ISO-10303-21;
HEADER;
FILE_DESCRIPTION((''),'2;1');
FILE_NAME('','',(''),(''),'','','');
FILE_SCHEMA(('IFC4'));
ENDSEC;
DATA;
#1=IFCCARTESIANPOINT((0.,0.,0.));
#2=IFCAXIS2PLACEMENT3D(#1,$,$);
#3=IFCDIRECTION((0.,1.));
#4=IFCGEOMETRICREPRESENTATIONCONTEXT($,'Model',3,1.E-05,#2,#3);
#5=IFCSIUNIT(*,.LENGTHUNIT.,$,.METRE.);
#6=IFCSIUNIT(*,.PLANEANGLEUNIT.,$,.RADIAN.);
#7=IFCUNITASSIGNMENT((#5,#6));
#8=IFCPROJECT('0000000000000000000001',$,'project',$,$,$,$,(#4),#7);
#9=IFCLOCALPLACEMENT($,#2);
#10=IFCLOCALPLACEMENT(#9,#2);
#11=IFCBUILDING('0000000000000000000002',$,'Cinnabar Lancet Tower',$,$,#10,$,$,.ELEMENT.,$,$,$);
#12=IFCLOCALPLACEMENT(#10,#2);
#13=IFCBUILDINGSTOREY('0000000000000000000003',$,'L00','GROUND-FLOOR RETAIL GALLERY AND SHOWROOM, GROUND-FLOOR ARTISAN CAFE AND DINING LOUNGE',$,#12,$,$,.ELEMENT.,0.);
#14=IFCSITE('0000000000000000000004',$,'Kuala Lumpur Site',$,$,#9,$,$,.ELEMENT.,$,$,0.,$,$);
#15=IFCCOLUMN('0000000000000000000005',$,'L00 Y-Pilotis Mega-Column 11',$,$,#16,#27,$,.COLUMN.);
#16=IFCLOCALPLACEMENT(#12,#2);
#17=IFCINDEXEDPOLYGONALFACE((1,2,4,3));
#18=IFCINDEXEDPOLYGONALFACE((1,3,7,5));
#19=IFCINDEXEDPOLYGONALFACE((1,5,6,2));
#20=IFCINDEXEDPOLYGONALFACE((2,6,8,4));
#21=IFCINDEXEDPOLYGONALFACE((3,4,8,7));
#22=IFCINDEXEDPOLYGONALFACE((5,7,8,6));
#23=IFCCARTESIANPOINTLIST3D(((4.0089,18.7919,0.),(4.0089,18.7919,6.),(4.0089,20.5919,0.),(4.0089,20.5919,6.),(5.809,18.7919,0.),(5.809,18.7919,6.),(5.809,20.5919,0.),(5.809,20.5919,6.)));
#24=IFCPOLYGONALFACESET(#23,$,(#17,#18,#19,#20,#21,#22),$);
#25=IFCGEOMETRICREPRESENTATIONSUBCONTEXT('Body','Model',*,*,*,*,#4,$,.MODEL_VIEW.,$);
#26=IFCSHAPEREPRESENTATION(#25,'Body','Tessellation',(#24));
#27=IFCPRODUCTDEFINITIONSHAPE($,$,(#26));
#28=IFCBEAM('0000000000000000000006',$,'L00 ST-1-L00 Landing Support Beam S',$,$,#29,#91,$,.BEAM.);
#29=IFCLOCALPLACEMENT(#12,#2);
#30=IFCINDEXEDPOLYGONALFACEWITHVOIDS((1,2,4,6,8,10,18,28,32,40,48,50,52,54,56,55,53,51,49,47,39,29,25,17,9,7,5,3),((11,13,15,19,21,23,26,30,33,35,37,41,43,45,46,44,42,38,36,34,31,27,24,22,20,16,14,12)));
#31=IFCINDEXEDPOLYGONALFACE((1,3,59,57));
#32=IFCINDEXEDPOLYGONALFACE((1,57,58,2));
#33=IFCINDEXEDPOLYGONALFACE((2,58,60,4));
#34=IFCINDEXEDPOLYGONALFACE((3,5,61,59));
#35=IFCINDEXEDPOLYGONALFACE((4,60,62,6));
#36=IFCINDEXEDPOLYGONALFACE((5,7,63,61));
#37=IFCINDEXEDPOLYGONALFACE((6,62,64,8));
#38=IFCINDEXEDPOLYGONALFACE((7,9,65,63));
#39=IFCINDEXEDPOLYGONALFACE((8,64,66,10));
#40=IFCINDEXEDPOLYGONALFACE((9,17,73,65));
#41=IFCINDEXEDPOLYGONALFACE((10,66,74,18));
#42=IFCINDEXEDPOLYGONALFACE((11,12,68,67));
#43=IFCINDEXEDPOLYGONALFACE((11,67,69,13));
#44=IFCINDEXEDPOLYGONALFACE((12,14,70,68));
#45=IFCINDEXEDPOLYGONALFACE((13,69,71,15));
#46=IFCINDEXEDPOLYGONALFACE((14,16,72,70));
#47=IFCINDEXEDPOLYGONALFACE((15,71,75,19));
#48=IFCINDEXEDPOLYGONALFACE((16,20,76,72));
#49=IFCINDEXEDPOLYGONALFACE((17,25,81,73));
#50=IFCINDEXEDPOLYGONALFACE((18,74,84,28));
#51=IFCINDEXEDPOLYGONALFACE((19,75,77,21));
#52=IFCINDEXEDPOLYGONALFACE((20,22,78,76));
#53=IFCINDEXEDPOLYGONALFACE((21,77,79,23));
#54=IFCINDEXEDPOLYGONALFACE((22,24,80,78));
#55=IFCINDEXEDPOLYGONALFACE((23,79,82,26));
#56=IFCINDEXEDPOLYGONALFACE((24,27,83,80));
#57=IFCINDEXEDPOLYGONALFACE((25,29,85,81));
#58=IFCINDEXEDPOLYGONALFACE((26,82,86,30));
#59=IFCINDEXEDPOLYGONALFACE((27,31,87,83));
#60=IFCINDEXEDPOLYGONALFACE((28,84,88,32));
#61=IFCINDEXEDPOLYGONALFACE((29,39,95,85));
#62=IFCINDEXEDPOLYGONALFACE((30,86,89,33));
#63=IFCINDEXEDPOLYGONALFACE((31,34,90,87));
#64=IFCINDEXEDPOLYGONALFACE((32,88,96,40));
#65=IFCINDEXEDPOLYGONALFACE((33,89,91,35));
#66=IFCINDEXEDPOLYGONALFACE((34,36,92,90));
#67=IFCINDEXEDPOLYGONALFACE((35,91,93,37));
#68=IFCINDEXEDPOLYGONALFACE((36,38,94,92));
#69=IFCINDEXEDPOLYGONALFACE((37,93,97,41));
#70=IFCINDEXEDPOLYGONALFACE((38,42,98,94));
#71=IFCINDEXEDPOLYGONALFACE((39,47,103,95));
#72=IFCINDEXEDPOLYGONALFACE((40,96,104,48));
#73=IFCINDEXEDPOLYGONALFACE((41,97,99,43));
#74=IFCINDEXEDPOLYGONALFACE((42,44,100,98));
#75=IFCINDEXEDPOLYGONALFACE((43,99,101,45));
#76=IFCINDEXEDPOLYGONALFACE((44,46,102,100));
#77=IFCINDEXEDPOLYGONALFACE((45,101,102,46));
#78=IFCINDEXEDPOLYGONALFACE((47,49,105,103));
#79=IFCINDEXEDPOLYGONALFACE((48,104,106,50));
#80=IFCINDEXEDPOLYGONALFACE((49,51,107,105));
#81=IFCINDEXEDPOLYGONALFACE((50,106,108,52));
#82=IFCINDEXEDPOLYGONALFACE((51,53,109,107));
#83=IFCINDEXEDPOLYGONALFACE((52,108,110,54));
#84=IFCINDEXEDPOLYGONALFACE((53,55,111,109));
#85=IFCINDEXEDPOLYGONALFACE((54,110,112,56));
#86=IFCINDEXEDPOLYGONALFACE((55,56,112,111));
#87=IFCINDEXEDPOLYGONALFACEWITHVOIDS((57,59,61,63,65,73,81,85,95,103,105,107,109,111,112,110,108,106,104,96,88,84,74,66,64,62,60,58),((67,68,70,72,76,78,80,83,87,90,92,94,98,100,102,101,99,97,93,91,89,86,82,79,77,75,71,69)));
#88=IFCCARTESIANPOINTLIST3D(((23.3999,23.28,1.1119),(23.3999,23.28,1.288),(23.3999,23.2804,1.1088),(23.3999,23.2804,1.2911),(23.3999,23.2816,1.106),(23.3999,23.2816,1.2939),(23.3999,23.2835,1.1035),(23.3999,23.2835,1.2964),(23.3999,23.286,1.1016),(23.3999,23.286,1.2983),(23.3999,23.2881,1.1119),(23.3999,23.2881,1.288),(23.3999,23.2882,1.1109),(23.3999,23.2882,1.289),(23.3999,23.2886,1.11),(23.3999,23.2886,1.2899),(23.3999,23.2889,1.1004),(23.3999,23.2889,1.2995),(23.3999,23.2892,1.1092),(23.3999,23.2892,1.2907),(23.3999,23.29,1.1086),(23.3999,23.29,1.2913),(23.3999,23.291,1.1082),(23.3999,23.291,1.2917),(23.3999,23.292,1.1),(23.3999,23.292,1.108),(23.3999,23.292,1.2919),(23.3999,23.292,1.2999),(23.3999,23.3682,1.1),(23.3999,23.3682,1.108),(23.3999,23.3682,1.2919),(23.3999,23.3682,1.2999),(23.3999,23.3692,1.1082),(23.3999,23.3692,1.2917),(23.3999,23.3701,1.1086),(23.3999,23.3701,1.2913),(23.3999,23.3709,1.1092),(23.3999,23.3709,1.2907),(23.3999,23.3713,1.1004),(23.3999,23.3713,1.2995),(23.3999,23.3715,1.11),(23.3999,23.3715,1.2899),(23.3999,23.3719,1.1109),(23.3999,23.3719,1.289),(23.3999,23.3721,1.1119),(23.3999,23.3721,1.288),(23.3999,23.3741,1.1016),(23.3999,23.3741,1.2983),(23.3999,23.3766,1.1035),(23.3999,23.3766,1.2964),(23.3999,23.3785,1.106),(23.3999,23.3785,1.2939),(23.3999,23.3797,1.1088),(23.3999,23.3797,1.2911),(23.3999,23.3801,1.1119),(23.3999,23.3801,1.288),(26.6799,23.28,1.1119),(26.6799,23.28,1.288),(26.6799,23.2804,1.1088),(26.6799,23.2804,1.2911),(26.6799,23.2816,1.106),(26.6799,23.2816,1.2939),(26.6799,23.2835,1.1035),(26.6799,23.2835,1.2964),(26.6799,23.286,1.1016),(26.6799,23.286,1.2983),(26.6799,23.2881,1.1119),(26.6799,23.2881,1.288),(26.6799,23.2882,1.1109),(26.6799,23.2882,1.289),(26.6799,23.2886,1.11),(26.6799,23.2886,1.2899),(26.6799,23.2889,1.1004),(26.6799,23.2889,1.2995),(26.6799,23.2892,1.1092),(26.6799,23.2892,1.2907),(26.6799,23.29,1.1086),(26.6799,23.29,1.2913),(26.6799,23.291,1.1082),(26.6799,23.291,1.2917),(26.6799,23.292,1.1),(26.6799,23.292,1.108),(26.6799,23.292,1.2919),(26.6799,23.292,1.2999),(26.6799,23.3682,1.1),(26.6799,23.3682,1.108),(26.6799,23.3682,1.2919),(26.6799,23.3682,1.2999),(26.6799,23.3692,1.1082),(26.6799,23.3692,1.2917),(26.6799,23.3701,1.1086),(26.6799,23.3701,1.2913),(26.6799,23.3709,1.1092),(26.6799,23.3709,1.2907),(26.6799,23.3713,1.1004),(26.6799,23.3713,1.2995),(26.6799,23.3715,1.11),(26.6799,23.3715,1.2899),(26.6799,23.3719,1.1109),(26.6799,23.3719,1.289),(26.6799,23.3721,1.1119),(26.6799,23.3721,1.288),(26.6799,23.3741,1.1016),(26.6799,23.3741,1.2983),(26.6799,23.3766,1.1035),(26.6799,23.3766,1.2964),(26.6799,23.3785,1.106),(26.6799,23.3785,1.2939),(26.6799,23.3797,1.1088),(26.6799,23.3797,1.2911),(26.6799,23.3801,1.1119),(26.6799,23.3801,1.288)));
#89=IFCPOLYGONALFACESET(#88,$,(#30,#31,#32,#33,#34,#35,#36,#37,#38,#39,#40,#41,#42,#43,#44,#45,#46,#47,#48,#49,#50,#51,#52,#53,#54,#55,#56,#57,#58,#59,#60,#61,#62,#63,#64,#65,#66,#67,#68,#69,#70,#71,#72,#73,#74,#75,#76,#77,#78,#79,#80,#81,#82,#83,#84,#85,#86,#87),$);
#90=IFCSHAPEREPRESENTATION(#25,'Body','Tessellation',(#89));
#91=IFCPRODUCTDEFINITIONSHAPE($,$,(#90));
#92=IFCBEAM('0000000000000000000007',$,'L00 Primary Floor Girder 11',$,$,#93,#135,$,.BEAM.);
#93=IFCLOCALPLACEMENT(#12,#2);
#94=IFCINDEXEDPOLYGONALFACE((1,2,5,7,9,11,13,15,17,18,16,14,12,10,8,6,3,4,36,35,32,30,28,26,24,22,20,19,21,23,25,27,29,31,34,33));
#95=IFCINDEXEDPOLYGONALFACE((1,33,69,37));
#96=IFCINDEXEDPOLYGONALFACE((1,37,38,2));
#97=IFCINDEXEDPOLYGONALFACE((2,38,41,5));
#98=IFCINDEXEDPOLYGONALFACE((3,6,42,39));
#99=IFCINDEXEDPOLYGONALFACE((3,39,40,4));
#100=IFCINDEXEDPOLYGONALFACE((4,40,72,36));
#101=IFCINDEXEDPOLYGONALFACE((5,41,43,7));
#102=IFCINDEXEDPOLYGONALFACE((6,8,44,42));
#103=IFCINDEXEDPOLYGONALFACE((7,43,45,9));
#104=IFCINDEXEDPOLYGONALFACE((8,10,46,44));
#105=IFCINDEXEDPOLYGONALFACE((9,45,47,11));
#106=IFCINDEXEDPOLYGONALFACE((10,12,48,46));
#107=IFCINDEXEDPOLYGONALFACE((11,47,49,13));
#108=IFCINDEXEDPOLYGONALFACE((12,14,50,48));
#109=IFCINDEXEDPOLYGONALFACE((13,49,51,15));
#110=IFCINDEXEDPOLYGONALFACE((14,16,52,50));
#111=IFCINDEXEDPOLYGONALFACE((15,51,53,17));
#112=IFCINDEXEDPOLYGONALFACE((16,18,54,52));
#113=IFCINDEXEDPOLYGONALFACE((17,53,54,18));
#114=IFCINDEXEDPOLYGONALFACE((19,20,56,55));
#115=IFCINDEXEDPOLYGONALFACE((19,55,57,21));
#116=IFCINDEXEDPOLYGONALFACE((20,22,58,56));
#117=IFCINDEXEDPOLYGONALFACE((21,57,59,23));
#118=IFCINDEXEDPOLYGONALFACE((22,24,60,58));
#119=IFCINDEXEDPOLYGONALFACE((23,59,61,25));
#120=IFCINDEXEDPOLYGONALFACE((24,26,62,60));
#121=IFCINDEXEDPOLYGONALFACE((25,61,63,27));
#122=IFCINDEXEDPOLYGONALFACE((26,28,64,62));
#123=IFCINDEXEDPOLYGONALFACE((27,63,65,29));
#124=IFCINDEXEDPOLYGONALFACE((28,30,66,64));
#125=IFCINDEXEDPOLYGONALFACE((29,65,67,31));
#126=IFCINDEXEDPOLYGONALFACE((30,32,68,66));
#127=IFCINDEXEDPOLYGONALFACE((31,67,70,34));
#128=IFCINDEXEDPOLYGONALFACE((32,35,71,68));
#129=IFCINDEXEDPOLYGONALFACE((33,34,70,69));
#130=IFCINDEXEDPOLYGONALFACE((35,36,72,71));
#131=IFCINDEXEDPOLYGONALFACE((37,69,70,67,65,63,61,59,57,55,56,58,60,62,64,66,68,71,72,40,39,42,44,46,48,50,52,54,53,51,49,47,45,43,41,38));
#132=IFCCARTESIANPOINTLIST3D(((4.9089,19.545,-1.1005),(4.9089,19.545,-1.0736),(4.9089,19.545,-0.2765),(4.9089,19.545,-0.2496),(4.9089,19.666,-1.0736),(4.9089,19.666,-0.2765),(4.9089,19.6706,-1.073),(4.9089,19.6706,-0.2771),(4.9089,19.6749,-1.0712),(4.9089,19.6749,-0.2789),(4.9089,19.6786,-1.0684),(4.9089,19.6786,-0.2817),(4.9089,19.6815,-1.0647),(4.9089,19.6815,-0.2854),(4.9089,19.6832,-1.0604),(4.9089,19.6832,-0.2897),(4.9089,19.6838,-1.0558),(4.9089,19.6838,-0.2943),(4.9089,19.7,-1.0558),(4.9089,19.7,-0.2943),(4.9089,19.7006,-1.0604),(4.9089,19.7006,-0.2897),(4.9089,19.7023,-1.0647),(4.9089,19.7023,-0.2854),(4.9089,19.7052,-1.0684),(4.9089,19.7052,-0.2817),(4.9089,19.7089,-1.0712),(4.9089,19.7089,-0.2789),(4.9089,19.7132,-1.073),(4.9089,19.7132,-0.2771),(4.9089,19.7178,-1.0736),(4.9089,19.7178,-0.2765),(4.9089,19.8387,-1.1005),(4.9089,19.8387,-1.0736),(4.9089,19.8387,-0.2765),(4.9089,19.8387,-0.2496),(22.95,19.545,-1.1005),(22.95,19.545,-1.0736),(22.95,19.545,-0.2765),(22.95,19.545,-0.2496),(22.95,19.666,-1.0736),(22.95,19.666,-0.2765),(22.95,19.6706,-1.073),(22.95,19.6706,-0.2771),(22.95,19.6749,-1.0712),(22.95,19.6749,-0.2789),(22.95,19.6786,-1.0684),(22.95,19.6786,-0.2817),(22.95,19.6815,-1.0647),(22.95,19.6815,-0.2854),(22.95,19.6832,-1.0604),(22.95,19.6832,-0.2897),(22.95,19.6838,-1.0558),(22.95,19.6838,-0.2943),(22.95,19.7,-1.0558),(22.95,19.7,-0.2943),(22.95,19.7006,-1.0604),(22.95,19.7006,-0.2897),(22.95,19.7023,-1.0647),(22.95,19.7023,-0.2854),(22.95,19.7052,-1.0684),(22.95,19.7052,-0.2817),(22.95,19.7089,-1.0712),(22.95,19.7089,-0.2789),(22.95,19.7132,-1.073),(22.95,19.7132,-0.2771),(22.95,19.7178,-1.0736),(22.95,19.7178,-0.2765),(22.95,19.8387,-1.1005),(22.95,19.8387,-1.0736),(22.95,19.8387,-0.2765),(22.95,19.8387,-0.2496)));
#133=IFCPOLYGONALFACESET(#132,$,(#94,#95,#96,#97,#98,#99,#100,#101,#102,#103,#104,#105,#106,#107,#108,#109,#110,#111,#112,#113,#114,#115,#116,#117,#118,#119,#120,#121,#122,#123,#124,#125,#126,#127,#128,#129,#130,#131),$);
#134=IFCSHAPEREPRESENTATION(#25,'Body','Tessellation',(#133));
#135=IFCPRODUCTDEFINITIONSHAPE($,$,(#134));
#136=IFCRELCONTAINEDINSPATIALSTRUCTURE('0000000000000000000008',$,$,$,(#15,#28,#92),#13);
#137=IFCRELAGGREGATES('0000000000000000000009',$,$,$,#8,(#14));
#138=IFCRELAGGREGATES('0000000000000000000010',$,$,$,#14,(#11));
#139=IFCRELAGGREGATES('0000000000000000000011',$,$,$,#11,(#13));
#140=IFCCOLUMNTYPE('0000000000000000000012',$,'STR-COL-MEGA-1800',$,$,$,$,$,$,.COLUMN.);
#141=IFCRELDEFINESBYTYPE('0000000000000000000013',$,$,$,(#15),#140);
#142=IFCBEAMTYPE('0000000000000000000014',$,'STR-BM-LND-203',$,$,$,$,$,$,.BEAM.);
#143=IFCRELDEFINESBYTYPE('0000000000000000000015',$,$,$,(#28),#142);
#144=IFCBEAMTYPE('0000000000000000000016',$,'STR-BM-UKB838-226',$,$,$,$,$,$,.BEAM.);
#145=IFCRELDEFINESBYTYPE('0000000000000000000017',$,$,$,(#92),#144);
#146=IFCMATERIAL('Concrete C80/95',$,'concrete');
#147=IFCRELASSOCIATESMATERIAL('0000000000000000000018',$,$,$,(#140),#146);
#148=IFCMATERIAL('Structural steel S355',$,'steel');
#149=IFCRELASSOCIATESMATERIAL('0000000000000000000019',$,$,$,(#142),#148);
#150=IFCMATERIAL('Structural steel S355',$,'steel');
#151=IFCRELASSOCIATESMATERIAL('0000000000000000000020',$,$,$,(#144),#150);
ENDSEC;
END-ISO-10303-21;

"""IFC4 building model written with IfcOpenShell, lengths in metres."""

from ifc_helpers import new_model, si_unit, direction, frame, origin, origin_2d, place, context, subcontext, project, spatial, rectangle, hollow_rectangle, i_section, extrude, material, material_profile, profile_set, type_object, element, save


model = new_model("IFC4")

# Units and contexts
model_context = context("Model", 3, precision=1e-05, world=origin(), true_north=direction((0.0, 1.0)))
body_context = subcontext(model_context, "Body", "Model", "MODEL_VIEW")
ifc_project = project(units=[si_unit("LENGTHUNIT", "METRE"), si_unit("PLANEANGLEUNIT", "RADIAN")], contexts=[model_context])

# Site, building, storey
site_placement = place(None, origin())
site = spatial("IfcSite", under=ifc_project, at=site_placement, Name="Kuala Lumpur Site", CompositionType="ELEMENT", RefElevation=0.0)
building_placement = place(site_placement, origin())
building = spatial("IfcBuilding", under=site, at=building_placement, Name="Cinnabar Lancet Tower", CompositionType="ELEMENT")
storey_placement = place(building_placement, origin())
storey = spatial("IfcBuildingStorey", under=building, at=storey_placement, Name="L00", Description="GROUND-FLOOR RETAIL GALLERY AND SHOWROOM, GROUND-FLOOR ARTISAN CAFE AND DINING LOUNGE", CompositionType="ELEMENT", Elevation=0.0)

# Column
ifc_material_1 = material(Name="Concrete C80/95", Category="concrete")
ifc_material_profile_1 = material_profile(ifc_material_1, rectangle(XDim=1.8, YDim=1.8, at=origin_2d()), Name="RC-MEGA 1800x1800")
ifc_profile_set_1 = profile_set([ifc_material_profile_1], Name="Concrete C80/95")
column_type = type_object("IfcColumnType", Name="STR-COL-MEGA-1800", PredefinedType="COLUMN", material=ifc_profile_set_1)
column_placement = place(storey_placement, frame((4.9089, 19.6919, 0.0), z_axis=(0.0, 0.0, 1.0), x_axis=(1.0, 0.0, 0.0)))
element("IfcColumn", 1, at=column_placement, inside=storey, type_object=column_type, Name="L00 Y-Pilotis Mega-Column 11", PredefinedType="COLUMN", context=body_context, shape_type="SweptSolid", body=[
    extrude(rectangle(XDim=1.8, YDim=1.8, at=origin_2d()), origin(), (0.0, 0.0, 1.0), 6.0),
])

# Beams
ifc_material_2 = material(Name="Structural steel S355", Category="steel")
ifc_material_profile_2 = material_profile(ifc_material_2, hollow_rectangle(XDim=0.1001, YDim=0.2, WallThickness=0.0081, InnerFilletRadius=0.0039, OuterFilletRadius=0.012, at=origin_2d()), Name="RHS 200x100x8")
ifc_profile_set_2 = profile_set([ifc_material_profile_2], Name="Structural steel S355")
beam_type_1 = type_object("IfcBeamType", Name="STR-BM-LND-203", PredefinedType="BEAM", material=ifc_profile_set_2)
beam_1_placement = place(storey_placement, frame((23.3999, 23.3301, 1.2), z_axis=(1.0, 0.0, 0.0), x_axis=(0.0, 1.0, 0.0)))
element("IfcBeam", 2, at=beam_1_placement, inside=storey, type_object=beam_type_1, Name="L00 ST-1-L00 Landing Support Beam S", PredefinedType="BEAM", context=body_context, shape_type="SweptSolid", body=[
    extrude(hollow_rectangle(XDim=0.1001, YDim=0.2, WallThickness=0.0081, InnerFilletRadius=0.0039, OuterFilletRadius=0.012, at=origin_2d()), origin(), (0.0, 0.0, 1.0), 3.28),
])
ifc_material_3 = material(Name="Structural steel S355", Category="steel")
ifc_material_profile_3 = material_profile(ifc_material_3, i_section(OverallWidth=0.2937, OverallDepth=0.8508, WebThickness=0.0161, FlangeThickness=0.0269, FilletRadius=0.0178, at=origin_2d()), Name="UKB 838x292x226")
ifc_profile_set_3 = profile_set([ifc_material_profile_3], Name="Structural steel S355")
beam_type_2 = type_object("IfcBeamType", Name="STR-BM-UKB838-226", PredefinedType="BEAM", material=ifc_profile_set_3)
beam_2_placement = place(storey_placement, frame((4.9089, 19.6919, -0.675), z_axis=(1.0, 0.0, 0.0), x_axis=(0.0, 1.0, 0.0)))
element("IfcBeam", 3, at=beam_2_placement, inside=storey, type_object=beam_type_2, Name="L00 Primary Floor Girder 11", PredefinedType="BEAM", context=body_context, shape_type="SweptSolid", body=[
    extrude(i_section(OverallWidth=0.2937, OverallDepth=0.8508, WebThickness=0.0161, FlangeThickness=0.0269, FilletRadius=0.0178, at=origin_2d()), origin(), (0.0, 0.0, 1.0), 18.041),
])

save(model, "model.ifc")
